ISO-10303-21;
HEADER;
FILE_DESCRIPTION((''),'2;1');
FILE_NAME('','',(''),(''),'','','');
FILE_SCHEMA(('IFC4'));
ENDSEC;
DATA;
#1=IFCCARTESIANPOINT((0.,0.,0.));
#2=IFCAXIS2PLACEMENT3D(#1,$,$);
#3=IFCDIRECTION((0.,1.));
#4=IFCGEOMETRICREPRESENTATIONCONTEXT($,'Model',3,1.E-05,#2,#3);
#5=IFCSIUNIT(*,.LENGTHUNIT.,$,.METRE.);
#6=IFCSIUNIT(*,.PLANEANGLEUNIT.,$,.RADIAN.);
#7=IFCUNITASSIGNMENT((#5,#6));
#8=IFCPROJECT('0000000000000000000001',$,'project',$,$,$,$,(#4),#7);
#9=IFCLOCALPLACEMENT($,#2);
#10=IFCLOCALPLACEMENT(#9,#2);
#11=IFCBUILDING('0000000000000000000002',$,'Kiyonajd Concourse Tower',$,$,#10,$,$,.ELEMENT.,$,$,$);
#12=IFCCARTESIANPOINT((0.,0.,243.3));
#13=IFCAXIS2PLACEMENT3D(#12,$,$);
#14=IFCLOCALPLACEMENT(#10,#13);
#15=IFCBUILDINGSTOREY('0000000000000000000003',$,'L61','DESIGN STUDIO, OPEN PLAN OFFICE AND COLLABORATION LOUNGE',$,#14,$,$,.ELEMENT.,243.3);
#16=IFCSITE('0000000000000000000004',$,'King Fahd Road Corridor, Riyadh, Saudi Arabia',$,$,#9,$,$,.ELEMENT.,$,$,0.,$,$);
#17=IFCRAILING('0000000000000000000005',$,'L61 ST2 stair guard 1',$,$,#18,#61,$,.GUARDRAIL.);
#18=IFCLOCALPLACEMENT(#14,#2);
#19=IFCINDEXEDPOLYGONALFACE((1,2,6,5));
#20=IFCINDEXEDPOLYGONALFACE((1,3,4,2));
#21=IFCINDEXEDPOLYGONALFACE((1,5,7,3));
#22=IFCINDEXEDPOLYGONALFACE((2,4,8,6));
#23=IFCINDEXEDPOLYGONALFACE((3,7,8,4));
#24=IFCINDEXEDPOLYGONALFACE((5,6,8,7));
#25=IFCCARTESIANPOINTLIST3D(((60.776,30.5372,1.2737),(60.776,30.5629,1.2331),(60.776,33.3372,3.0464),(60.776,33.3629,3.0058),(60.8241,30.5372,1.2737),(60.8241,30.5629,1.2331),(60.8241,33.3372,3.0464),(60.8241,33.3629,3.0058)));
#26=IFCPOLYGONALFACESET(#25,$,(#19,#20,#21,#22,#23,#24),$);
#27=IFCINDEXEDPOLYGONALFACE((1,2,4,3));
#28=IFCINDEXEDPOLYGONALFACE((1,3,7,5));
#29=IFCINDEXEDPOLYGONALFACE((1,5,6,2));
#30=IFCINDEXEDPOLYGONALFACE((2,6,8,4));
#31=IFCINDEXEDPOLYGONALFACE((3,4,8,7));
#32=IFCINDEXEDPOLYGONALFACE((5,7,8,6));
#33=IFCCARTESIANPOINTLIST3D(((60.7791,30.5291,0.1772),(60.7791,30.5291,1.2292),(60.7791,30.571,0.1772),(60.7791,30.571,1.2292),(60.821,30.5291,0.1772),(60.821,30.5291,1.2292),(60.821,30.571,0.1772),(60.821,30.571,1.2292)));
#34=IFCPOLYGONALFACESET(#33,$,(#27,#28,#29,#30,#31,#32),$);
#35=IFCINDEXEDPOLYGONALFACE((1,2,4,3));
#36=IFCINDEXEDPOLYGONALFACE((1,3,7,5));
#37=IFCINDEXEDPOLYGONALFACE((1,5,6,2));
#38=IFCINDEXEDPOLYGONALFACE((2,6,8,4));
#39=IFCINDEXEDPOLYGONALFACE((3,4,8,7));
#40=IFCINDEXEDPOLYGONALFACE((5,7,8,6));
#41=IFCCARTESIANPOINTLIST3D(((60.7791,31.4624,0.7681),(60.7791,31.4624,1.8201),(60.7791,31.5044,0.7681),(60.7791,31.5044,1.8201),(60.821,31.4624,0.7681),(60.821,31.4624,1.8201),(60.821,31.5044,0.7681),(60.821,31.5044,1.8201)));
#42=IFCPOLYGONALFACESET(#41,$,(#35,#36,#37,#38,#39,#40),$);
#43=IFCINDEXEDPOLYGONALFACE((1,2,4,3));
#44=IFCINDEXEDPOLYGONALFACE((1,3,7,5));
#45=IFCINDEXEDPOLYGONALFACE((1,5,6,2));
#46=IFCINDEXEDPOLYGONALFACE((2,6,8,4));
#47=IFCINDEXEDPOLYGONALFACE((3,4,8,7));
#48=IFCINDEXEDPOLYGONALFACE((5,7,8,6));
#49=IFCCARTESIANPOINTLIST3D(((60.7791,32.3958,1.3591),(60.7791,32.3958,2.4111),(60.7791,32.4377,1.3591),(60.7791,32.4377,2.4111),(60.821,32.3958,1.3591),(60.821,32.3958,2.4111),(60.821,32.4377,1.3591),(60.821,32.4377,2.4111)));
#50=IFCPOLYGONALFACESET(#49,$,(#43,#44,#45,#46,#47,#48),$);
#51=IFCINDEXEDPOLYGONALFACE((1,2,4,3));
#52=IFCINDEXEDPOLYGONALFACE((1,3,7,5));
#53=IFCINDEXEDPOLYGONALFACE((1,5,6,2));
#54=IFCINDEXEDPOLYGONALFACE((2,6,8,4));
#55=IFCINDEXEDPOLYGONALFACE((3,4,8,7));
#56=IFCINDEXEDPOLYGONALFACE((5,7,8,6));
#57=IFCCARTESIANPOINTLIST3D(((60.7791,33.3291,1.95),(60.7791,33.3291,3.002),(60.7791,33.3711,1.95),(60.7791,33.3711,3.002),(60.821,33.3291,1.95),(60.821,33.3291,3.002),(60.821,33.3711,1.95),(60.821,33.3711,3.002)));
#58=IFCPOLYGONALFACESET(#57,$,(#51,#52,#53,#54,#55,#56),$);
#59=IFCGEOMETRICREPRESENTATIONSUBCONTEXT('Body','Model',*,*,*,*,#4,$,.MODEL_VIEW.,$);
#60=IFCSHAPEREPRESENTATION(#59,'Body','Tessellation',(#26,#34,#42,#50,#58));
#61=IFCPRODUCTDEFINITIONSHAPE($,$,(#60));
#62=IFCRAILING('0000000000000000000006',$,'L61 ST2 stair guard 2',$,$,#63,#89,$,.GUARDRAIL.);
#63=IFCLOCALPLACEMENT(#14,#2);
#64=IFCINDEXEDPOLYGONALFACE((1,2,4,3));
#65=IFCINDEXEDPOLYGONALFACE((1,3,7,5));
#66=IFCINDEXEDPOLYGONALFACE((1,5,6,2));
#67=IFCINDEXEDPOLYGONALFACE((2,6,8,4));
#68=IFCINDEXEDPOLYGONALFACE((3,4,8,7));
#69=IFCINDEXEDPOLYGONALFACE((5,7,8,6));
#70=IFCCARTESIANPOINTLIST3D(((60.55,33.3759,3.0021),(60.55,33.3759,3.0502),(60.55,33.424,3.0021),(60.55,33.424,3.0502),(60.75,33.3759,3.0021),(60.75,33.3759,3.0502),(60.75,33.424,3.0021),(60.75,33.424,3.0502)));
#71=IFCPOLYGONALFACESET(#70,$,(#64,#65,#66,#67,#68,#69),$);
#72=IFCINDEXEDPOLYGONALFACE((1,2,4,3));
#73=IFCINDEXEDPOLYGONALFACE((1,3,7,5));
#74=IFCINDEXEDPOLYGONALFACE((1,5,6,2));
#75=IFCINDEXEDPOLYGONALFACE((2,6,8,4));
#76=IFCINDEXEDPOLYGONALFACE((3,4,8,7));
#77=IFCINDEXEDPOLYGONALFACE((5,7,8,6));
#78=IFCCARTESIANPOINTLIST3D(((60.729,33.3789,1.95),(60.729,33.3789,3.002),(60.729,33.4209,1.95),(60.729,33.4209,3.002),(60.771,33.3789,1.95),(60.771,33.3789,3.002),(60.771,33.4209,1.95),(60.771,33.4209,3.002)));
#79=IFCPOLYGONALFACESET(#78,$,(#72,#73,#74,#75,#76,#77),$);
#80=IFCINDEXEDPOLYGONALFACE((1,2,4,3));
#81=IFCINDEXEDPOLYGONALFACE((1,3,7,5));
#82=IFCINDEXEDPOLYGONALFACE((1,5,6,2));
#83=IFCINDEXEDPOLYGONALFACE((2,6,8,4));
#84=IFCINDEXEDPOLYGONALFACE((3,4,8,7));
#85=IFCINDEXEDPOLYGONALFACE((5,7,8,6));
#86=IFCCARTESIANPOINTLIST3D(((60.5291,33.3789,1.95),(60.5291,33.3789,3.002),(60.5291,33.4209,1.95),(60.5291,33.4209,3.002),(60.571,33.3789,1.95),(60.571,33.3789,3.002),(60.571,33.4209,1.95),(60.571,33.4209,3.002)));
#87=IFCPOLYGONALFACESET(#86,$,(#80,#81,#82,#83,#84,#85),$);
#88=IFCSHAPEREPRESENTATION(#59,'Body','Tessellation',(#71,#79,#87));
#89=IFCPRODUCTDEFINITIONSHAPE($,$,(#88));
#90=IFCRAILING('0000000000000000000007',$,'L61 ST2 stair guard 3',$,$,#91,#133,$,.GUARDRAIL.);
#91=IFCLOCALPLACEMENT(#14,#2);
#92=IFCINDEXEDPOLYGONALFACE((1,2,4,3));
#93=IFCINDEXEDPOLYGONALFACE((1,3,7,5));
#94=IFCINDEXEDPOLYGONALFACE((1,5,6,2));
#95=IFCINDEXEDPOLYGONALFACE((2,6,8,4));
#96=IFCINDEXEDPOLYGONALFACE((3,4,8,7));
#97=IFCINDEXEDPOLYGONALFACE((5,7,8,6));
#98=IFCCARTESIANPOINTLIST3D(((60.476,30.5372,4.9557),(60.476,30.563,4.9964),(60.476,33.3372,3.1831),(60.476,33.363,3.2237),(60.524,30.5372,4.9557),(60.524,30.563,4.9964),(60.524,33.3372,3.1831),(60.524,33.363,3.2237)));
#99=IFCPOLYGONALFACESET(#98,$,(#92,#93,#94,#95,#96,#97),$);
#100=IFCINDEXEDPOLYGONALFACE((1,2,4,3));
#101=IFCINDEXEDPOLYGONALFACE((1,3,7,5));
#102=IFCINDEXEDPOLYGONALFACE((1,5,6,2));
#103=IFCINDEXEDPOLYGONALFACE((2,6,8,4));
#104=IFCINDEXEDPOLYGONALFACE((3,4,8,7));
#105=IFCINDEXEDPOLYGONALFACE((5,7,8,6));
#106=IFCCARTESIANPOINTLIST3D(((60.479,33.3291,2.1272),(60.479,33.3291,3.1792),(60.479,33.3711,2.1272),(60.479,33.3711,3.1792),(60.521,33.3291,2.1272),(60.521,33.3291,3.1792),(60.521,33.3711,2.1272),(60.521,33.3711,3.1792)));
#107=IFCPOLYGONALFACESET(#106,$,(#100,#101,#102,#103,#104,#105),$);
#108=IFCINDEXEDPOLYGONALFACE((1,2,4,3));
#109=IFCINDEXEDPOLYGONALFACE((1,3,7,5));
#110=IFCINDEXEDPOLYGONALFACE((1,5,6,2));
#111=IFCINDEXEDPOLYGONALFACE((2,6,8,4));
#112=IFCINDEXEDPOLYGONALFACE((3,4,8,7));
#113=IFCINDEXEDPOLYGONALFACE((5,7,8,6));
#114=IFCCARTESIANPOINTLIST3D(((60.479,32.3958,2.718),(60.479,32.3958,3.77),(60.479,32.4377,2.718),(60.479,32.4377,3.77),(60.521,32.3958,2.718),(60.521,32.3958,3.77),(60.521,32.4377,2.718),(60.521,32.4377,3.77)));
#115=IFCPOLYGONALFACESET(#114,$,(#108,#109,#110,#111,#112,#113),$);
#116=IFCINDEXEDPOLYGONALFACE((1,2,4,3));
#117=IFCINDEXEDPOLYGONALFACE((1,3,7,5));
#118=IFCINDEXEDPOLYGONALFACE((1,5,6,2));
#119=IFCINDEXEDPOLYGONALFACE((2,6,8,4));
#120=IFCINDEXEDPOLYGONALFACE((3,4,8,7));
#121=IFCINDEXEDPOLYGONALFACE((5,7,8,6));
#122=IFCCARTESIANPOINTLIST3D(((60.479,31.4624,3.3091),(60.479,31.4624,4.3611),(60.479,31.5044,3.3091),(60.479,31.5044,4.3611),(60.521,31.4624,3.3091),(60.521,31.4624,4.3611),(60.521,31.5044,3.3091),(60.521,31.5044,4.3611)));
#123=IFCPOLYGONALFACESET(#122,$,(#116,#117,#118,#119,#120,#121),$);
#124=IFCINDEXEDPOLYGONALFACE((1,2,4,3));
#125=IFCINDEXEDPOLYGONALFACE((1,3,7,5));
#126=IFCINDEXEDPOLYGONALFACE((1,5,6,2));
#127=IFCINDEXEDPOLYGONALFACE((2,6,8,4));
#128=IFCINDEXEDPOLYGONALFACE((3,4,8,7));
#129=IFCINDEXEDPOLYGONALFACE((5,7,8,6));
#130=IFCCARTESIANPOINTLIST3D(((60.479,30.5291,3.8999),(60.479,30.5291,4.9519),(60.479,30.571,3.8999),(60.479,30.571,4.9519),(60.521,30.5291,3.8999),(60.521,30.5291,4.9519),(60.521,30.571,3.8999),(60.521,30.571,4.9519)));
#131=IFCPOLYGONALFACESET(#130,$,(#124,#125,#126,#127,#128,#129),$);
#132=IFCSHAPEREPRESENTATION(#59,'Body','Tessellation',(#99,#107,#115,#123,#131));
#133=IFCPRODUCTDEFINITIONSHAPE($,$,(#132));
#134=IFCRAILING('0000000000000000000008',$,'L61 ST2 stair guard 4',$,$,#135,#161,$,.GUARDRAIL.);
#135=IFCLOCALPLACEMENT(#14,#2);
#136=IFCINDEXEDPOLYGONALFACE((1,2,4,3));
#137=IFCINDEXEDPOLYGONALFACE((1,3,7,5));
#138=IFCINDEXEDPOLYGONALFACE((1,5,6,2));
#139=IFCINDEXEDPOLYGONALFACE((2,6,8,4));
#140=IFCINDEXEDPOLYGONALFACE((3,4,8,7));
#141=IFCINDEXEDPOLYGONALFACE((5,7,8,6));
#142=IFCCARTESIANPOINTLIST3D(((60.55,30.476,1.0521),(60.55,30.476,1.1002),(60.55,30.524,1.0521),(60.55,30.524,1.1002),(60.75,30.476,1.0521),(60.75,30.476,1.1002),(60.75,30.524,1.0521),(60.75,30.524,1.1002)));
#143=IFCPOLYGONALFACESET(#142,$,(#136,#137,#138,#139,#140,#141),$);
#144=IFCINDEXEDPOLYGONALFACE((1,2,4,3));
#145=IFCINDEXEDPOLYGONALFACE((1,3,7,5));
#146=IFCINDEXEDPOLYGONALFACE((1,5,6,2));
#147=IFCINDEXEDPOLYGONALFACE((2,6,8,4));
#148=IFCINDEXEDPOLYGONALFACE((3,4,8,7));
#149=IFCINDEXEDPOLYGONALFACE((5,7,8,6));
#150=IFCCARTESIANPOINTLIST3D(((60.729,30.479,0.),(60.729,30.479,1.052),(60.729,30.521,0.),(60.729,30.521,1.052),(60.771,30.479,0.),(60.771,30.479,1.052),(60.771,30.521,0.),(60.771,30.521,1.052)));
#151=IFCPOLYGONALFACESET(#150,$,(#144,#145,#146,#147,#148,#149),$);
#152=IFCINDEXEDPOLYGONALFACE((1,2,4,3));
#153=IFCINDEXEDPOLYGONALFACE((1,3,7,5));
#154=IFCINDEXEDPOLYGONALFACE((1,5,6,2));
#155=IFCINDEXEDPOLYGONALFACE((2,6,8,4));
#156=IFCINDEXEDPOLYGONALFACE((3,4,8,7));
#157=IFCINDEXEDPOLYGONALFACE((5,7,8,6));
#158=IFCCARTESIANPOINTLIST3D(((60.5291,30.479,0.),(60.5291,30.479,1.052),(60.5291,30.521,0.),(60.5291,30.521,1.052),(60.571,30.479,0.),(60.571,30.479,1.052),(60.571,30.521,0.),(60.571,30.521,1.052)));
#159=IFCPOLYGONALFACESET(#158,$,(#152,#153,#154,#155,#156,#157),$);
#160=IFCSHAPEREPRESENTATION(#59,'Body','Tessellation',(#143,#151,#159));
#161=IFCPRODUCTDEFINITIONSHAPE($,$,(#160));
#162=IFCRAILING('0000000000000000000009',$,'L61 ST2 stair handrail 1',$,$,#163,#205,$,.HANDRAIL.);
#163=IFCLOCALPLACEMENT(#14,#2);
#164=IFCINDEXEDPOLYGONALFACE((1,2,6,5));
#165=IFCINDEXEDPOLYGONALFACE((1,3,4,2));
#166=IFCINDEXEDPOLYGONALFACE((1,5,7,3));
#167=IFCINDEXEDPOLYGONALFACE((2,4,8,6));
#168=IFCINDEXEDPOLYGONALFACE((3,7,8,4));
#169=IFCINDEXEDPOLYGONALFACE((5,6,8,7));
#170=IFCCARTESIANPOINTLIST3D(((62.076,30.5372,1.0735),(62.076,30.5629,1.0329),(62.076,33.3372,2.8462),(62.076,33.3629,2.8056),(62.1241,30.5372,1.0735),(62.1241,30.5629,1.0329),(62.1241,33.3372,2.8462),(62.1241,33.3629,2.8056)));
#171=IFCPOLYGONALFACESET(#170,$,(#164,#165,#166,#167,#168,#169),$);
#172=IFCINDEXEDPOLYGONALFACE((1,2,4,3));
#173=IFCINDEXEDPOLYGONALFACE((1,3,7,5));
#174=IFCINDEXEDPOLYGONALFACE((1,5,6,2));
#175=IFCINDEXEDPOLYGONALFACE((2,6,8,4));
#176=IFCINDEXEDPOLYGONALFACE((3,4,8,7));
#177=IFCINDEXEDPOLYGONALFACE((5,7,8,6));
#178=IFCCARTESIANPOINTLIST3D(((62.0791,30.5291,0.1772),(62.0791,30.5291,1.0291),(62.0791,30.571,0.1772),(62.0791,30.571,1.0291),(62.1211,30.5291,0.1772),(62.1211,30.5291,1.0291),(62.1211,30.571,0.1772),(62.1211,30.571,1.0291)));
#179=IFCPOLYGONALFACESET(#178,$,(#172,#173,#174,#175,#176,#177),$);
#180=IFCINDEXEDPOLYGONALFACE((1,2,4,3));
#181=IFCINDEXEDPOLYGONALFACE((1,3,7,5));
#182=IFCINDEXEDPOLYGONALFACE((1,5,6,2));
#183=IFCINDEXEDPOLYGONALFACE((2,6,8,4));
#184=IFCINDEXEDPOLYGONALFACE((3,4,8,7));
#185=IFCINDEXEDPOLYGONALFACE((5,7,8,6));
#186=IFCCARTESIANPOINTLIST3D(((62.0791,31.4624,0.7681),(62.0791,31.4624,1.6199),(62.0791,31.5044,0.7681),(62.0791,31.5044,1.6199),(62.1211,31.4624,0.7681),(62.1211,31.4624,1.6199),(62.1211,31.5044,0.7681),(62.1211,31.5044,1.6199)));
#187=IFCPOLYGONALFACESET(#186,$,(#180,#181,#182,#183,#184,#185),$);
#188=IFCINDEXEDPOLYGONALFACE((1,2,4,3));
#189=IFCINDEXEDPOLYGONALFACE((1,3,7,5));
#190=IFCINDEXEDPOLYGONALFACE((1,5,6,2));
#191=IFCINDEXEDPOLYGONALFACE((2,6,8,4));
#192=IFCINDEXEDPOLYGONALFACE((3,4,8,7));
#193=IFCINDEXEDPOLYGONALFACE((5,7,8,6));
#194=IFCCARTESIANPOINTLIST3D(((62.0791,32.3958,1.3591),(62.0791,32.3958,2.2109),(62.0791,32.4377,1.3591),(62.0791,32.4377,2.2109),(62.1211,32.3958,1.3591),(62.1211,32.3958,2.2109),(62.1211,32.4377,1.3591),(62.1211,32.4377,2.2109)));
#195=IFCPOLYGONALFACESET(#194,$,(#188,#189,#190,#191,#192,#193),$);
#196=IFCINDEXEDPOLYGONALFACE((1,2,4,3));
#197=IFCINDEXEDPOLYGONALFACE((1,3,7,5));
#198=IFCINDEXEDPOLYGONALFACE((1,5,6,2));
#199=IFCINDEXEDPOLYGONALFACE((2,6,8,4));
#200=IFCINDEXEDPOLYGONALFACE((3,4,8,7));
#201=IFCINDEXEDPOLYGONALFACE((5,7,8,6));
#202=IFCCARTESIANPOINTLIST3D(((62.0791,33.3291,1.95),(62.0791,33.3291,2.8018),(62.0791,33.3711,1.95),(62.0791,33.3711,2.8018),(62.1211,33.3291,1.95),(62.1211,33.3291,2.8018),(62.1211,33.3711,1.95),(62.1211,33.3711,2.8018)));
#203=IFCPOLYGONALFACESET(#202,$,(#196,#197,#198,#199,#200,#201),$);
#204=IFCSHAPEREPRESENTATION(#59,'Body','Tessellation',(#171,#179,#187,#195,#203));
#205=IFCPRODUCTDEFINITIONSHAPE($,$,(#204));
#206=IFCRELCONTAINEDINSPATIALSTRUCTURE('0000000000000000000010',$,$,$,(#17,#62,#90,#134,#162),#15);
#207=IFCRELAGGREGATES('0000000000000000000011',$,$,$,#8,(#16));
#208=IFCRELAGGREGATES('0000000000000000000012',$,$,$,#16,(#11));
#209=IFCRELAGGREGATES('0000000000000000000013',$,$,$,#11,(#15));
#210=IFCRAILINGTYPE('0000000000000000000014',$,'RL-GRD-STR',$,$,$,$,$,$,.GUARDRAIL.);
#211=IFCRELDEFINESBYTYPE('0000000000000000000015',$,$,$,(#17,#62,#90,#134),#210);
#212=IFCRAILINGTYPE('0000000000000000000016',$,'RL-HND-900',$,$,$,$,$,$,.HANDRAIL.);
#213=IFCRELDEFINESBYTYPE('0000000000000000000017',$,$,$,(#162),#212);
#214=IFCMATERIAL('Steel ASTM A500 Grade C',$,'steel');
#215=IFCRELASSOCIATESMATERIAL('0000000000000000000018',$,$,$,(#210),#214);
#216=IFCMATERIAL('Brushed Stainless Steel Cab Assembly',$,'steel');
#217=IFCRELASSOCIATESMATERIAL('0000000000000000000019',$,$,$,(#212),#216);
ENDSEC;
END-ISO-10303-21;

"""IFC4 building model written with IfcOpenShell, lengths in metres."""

from ifc_helpers import new_model, si_unit, direction, frame, origin, origin_2d, place, context, subcontext, project, spatial, rectangle, extrude, material, type_object, element, save


model = new_model("IFC4")

# Units and contexts
model_context = context("Model", 3, precision=1e-05, world=origin(), true_north=direction((0.0, 1.0)))
body_context = subcontext(model_context, "Body", "Model", "MODEL_VIEW")
ifc_project = project(units=[si_unit("LENGTHUNIT", "METRE"), si_unit("PLANEANGLEUNIT", "RADIAN")], contexts=[model_context])

# Site, building, storey
site_placement = place(None, origin())
site = spatial("IfcSite", under=ifc_project, at=site_placement, Name="King Fahd Road Corridor, Riyadh, Saudi Arabia", CompositionType="ELEMENT", RefElevation=0.0)
building_placement = place(site_placement, origin())
building = spatial("IfcBuilding", under=site, at=building_placement, Name="Kiyonajd Concourse Tower", CompositionType="ELEMENT")
storey_placement = place(building_placement, frame((0.0, 0.0, 243.3)))
storey = spatial("IfcBuildingStorey", under=building, at=storey_placement, Name="L61", Description="DESIGN STUDIO, OPEN PLAN OFFICE AND COLLABORATION LOUNGE", CompositionType="ELEMENT", Elevation=243.3)

# Shared definitions
ifc_material_1 = material(Name="Brushed Stainless Steel Cab Assembly", Category="steel")

# Railings
ifc_material_2 = material(Name="Steel ASTM A500 Grade C", Category="steel")
railing_type_1 = type_object("IfcRailingType", Name="RL-GRD-STR", PredefinedType="GUARDRAIL", material=ifc_material_2)
railing_1_placement = place(storey_placement, frame((60.8, 30.55, 0.1772)))
element("IfcRailing", 1, at=railing_1_placement, inside=storey, type_object=railing_type_1, Name="L61 ST2 stair guard 1", PredefinedType="GUARDRAIL", context=body_context, shape_type="SweptSolid", body=[
    extrude(rectangle(XDim=0.0481, YDim=0.0481, at=origin_2d()), frame((0.0, 0.0, 1.0762), z_axis=(0.0, 0.844909, 0.53491), x_axis=(-1.0, 0.0, 0.0)), (0.0, 0.0, 1.0), 3.314),
    extrude(rectangle(XDim=0.042, YDim=0.042, at=origin_2d()), origin(), (0.0, 0.0, 1.0), 1.052),
    extrude(rectangle(XDim=0.042, YDim=0.042, at=origin_2d()), frame((0.0, 0.9333, 0.5908)), (0.0, 0.0, 1.0), 1.052),
    extrude(rectangle(XDim=0.042, YDim=0.042, at=origin_2d()), frame((0.0, 1.8667, 1.1819)), (0.0, 0.0, 1.0), 1.052),
    extrude(rectangle(XDim=0.042, YDim=0.042, at=origin_2d()), frame((0.0, 2.8, 1.7727)), (0.0, 0.0, 1.0), 1.052),
])
railing_2_placement = place(storey_placement, frame((60.75, 33.3999, 1.95)))
element("IfcRailing", 2, at=railing_2_placement, inside=storey, type_object=railing_type_1, Name="L61 ST2 stair guard 2", PredefinedType="GUARDRAIL", context=body_context, shape_type="SweptSolid", body=[
    extrude(rectangle(XDim=0.0481, YDim=0.0481, at=origin_2d()), frame((0.0, 0.0, 1.0762), z_axis=(-1.0, 0.0, 0.0), x_axis=(0.0, -1.0, 0.0)), (0.0, 0.0, 1.0), 0.2),
    extrude(rectangle(XDim=0.042, YDim=0.042, at=origin_2d()), origin(), (0.0, 0.0, 1.0), 1.052),
    extrude(rectangle(XDim=0.042, YDim=0.042, at=origin_2d()), frame((-0.2, 0.0, 0.0)), (0.0, 0.0, 1.0), 1.052),
])
railing_3_placement = place(storey_placement, frame((60.5, 33.3501, 2.1272)))
element("IfcRailing", 3, at=railing_3_placement, inside=storey, type_object=railing_type_1, Name="L61 ST2 stair guard 3", PredefinedType="GUARDRAIL", context=body_context, shape_type="SweptSolid", body=[
    extrude(rectangle(XDim=0.0481, YDim=0.0481, at=origin_2d()), frame((0.0, 0.0, 1.0762), z_axis=(0.0, -0.844909, 0.53491), x_axis=(1.0, 0.0, 0.0)), (0.0, 0.0, 1.0), 3.314),
    extrude(rectangle(XDim=0.042, YDim=0.042, at=origin_2d()), origin(), (0.0, 0.0, 1.0), 1.052),
    extrude(rectangle(XDim=0.042, YDim=0.042, at=origin_2d()), frame((0.0, -0.9333, 0.5908)), (0.0, 0.0, 1.0), 1.052),
    extrude(rectangle(XDim=0.042, YDim=0.042, at=origin_2d()), frame((0.0, -1.8667, 1.1819)), (0.0, 0.0, 1.0), 1.052),
    extrude(rectangle(XDim=0.042, YDim=0.042, at=origin_2d()), frame((0.0, -2.8, 1.7727)), (0.0, 0.0, 1.0), 1.052),
])
railing_4_placement = place(storey_placement, frame((60.75, 30.5, 0.0)))
element("IfcRailing", 4, at=railing_4_placement, inside=storey, type_object=railing_type_1, Name="L61 ST2 stair guard 4", PredefinedType="GUARDRAIL", context=body_context, shape_type="SweptSolid", body=[
    extrude(rectangle(XDim=0.0481, YDim=0.0481, at=origin_2d()), frame((0.0, 0.0, 1.0762), z_axis=(-1.0, 0.0, 0.0), x_axis=(0.0, -1.0, 0.0)), (0.0, 0.0, 1.0), 0.2),
    extrude(rectangle(XDim=0.042, YDim=0.042, at=origin_2d()), origin(), (0.0, 0.0, 1.0), 1.052),
    extrude(rectangle(XDim=0.042, YDim=0.042, at=origin_2d()), frame((-0.2, 0.0, 0.0)), (0.0, 0.0, 1.0), 1.052),
])
railing_type_2 = type_object("IfcRailingType", Name="RL-HND-900", PredefinedType="HANDRAIL", material=ifc_material_1)
railing_5_placement = place(storey_placement, frame((62.1001, 30.55, 0.1772)))
element("IfcRailing", 5, at=railing_5_placement, inside=storey, type_object=railing_type_2, Name="L61 ST2 stair handrail 1", PredefinedType="HANDRAIL", context=body_context, shape_type="SweptSolid", body=[
    extrude(rectangle(XDim=0.0481, YDim=0.0481, at=origin_2d()), frame((0.0, 0.0, 0.876), z_axis=(0.0, 0.844909, 0.53491), x_axis=(-1.0, 0.0, 0.0)), (0.0, 0.0, 1.0), 3.314),
    extrude(rectangle(XDim=0.042, YDim=0.042, at=origin_2d()), origin(), (0.0, 0.0, 1.0), 0.8518),
    extrude(rectangle(XDim=0.042, YDim=0.042, at=origin_2d()), frame((0.0, 0.9333, 0.5908)), (0.0, 0.0, 1.0), 0.8518),
    extrude(rectangle(XDim=0.042, YDim=0.042, at=origin_2d()), frame((0.0, 1.8667, 1.1819)), (0.0, 0.0, 1.0), 0.8518),
    extrude(rectangle(XDim=0.042, YDim=0.042, at=origin_2d()), frame((0.0, 2.8, 1.7727)), (0.0, 0.0, 1.0), 0.8518),
])

save(model, "model.ifc")
